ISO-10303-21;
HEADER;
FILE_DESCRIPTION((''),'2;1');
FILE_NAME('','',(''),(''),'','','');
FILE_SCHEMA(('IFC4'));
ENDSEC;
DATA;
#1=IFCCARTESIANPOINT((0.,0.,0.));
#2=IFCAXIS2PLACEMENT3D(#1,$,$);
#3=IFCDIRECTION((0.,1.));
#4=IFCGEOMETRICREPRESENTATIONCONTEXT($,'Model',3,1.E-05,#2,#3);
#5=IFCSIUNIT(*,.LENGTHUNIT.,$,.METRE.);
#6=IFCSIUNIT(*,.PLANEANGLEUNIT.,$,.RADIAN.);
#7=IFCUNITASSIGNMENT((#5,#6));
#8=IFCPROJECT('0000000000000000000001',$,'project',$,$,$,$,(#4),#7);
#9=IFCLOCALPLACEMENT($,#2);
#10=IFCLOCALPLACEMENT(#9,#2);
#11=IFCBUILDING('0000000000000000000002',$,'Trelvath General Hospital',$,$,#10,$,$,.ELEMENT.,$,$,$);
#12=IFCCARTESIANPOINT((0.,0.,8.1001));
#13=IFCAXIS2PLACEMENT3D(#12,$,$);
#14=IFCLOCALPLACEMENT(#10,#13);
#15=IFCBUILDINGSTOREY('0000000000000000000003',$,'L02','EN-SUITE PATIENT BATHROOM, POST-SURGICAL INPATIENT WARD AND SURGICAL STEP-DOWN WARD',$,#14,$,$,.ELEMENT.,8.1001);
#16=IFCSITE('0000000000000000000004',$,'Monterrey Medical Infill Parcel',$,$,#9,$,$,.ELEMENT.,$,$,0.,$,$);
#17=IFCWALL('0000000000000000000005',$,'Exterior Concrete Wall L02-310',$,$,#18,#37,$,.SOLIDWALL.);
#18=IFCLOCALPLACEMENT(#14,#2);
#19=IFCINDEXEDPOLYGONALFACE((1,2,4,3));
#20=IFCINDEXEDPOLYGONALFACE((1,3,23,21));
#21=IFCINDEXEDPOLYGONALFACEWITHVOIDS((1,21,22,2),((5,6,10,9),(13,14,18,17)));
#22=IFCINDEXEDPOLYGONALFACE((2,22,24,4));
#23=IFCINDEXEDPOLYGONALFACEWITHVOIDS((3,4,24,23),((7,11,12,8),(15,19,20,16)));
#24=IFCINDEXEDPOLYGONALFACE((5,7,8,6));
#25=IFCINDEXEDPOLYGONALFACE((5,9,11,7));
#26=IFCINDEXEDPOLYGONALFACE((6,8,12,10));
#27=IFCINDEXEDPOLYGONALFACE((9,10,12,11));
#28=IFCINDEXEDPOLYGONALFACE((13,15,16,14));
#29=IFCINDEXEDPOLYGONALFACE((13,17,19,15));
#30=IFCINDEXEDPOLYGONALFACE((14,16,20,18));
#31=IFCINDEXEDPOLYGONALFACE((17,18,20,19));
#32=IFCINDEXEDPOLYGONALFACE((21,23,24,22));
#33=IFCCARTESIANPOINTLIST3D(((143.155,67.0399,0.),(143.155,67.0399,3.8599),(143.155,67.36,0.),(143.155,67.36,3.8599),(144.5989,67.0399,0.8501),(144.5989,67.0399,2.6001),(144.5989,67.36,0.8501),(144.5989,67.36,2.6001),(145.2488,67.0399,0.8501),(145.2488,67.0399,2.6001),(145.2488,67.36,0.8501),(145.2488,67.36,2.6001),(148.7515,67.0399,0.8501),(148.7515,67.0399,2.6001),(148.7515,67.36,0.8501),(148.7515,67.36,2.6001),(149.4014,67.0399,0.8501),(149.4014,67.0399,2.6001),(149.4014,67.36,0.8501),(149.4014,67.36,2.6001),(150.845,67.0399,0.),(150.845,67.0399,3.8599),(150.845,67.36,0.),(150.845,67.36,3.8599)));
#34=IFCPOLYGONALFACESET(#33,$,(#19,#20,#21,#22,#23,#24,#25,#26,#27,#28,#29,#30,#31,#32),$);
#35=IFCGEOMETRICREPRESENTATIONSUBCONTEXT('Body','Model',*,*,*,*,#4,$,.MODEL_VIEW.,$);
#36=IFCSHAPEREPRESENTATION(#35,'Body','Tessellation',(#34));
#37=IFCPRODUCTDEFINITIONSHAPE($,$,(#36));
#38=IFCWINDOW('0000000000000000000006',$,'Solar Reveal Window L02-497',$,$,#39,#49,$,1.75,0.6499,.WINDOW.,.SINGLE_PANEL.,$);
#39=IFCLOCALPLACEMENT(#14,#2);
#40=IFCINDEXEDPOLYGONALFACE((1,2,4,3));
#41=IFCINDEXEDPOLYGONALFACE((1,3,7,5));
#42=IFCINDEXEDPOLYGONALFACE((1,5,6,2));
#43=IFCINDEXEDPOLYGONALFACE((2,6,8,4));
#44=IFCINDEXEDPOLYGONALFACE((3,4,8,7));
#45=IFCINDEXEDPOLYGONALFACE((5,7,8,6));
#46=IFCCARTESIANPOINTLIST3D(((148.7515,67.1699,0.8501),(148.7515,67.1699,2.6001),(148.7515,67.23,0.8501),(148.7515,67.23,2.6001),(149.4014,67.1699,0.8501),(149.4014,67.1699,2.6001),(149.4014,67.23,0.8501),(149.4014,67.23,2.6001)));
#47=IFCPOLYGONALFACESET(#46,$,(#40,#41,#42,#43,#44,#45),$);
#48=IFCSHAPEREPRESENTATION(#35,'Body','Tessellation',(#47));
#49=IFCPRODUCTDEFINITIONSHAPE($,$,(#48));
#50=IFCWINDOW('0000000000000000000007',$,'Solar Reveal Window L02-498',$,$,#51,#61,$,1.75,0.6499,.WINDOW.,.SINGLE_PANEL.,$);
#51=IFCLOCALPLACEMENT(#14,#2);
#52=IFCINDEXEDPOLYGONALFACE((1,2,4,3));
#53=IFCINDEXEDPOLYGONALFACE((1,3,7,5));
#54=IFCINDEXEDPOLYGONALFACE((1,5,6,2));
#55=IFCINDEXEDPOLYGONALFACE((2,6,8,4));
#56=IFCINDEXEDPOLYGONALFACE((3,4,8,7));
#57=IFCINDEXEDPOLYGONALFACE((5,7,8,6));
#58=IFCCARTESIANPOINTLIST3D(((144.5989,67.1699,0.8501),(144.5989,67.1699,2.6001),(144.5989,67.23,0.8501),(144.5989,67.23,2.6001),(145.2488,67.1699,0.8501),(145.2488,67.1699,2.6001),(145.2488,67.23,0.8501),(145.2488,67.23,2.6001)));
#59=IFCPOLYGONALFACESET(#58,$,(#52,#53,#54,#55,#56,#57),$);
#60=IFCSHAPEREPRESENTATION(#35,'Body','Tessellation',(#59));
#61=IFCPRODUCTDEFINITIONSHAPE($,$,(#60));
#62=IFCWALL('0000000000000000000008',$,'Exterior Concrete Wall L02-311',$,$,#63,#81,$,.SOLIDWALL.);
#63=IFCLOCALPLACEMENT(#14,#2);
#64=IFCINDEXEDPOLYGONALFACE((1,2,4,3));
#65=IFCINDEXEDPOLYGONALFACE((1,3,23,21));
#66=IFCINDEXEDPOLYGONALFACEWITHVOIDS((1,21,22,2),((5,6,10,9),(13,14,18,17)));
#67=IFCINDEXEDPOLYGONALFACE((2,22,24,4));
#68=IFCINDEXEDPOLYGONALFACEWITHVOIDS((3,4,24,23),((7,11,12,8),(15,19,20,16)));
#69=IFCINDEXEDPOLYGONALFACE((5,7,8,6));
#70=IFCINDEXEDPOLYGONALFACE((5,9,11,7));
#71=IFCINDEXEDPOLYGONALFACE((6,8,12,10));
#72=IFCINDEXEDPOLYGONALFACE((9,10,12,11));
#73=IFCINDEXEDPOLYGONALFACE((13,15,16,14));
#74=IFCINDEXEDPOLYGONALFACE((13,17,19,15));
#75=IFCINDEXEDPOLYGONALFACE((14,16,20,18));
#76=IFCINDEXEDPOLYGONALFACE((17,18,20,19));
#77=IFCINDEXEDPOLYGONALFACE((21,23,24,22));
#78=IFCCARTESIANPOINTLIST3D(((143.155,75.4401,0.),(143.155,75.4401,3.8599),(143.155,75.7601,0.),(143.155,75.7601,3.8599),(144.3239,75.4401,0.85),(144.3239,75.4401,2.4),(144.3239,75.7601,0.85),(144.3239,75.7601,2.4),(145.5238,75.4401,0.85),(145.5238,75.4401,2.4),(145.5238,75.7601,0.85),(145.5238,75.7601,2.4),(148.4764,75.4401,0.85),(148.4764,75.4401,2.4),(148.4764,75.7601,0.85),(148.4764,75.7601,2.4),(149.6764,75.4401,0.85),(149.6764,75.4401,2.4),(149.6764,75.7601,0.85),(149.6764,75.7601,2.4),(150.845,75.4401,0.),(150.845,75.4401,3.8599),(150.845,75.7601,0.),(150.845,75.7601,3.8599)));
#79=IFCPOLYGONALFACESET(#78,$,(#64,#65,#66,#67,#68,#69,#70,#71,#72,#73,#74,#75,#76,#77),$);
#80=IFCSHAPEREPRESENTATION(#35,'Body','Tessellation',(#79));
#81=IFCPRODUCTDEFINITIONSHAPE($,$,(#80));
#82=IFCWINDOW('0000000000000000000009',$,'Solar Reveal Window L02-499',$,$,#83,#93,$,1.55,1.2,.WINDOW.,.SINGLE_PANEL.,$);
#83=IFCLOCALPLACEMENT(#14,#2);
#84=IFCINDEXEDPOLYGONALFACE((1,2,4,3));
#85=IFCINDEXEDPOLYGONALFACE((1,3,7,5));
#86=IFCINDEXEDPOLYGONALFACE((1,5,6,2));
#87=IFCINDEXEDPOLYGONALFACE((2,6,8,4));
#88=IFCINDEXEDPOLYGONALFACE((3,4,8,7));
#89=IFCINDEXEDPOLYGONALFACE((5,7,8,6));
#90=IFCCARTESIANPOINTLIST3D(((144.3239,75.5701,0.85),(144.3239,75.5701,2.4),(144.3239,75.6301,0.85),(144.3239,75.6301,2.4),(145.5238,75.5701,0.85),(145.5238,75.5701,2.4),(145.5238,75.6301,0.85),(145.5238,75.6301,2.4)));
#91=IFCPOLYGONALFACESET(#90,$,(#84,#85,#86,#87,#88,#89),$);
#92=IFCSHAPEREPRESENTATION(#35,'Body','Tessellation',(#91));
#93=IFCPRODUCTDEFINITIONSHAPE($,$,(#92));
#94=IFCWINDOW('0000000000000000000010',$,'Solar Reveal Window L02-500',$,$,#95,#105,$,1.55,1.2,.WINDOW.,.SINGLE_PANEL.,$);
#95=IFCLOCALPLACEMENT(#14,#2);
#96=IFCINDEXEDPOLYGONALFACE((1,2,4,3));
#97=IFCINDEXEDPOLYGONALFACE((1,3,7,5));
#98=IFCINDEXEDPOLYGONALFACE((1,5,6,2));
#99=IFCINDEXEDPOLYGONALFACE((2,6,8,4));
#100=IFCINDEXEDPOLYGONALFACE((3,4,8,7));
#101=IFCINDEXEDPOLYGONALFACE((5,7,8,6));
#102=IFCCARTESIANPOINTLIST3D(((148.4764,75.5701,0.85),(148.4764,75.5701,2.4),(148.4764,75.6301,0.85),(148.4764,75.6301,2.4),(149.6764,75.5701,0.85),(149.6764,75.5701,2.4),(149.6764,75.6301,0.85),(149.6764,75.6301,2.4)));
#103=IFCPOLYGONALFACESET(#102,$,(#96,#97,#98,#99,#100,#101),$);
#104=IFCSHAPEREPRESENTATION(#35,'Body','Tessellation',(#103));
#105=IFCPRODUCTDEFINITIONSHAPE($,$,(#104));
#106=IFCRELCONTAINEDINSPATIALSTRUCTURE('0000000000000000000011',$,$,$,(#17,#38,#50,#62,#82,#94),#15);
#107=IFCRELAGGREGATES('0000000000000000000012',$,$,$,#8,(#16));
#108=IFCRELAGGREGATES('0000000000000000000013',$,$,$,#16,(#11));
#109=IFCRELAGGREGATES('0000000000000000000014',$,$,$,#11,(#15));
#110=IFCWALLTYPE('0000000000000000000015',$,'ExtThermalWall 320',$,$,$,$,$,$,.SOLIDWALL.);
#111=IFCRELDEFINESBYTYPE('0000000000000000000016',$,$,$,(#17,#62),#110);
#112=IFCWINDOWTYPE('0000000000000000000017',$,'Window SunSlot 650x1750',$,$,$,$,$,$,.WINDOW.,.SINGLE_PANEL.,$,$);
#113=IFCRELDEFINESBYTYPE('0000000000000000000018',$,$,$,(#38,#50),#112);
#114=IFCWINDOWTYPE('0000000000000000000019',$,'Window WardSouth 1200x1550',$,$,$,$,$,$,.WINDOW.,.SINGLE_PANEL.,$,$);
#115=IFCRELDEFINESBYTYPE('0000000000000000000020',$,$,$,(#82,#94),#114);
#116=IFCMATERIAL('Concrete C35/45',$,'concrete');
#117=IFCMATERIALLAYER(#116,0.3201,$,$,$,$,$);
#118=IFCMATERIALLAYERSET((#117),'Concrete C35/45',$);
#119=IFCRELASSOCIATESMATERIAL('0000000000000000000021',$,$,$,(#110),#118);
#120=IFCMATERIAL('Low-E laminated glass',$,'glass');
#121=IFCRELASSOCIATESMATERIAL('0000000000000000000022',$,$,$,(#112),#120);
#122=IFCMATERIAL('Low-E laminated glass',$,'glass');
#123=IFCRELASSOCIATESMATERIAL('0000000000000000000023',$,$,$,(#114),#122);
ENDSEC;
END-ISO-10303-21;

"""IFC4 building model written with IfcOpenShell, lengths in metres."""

from ifc_helpers import new_model, si_unit, direction, frame, frame_2d, origin, place, context, subcontext, project, spatial, rectangle, extrude, material, layer, layer_set, type_object, element, fill, save


model = new_model("IFC4")

# Units and contexts
model_context = context("Model", 3, precision=1e-05, world=origin(), true_north=direction((0.0, 1.0)))
body_context = subcontext(model_context, "Body", "Model", "MODEL_VIEW")
ifc_project = project(units=[si_unit("LENGTHUNIT", "METRE"), si_unit("PLANEANGLEUNIT", "RADIAN")], contexts=[model_context])

# Site, building, storey
site_placement = place(None, origin())
site = spatial("IfcSite", under=ifc_project, at=site_placement, Name="Monterrey Medical Infill Parcel", CompositionType="ELEMENT", RefElevation=0.0)
building_placement = place(site_placement, origin())
building = spatial("IfcBuilding", under=site, at=building_placement, Name="Trelvath General Hospital", CompositionType="ELEMENT")
storey_placement = place(building_placement, frame((0.0, 0.0, 8.1001)))
storey = spatial("IfcBuildingStorey", under=building, at=storey_placement, Name="L02", Description="EN-SUITE PATIENT BATHROOM, POST-SURGICAL INPATIENT WARD AND SURGICAL STEP-DOWN WARD", CompositionType="ELEMENT", Elevation=8.1001)

# Walls, openings, windows
ifc_material_1 = material(Name="Concrete C35/45", Category="concrete")
ifc_layer_1 = layer(ifc_material_1, 0.3201)
ifc_layer_set_1 = layer_set([ifc_layer_1], Name="Concrete C35/45")
wall_type = type_object("IfcWallType", Name="ExtThermalWall 320", PredefinedType="SOLIDWALL", material=ifc_layer_set_1)
wall_1_placement = place(storey_placement, frame((150.845, 67.2, 0.0), z_axis=(0.0, 0.0, 1.0), x_axis=(-1.0, 0.0, 0.0)))
wall_1 = element("IfcWall", 1, at=wall_1_placement, inside=storey, type_object=wall_type, Name="Exterior Concrete Wall L02-310", PredefinedType="SOLIDWALL", context=body_context, shape_type="SweptSolid", body=[
    extrude(rectangle(XDim=7.6899, YDim=0.3201, at=frame_2d((3.845, 0.0))), origin(), (0.0, 0.0, 1.0), 3.8599),
])
opening_1_placement = place(wall_1_placement, frame((1.4436, 0.0, 0.8501)))
opening_1 = element("IfcOpeningElement", 2, at=opening_1_placement, cuts=wall_1, PredefinedType="OPENING", context=body_context, shape_type="SweptSolid", body=[
    extrude(rectangle(XDim=0.6499, YDim=1.75, at=frame_2d((0.325, 0.875))), frame((0.0, 0.1699, 0.0), z_axis=(0.0, -1.0, 0.0), x_axis=(1.0, 0.0, 0.0)), (0.0, 0.0, 1.0), 0.3401),
])
opening_2_placement = place(wall_1_placement, frame((5.5962, 0.0, 0.8501)))
opening_2 = element("IfcOpeningElement", 3, at=opening_2_placement, cuts=wall_1, PredefinedType="OPENING", context=body_context, shape_type="SweptSolid", body=[
    extrude(rectangle(XDim=0.6499, YDim=1.75, at=frame_2d((0.325, 0.875))), frame((0.0, 0.1699, 0.0), z_axis=(0.0, -1.0, 0.0), x_axis=(1.0, 0.0, 0.0)), (0.0, 0.0, 1.0), 0.3401),
])
ifc_material_2 = material(Name="Low-E laminated glass", Category="glass")
window_type_1 = type_object("IfcWindowType", Name="Window SunSlot 650x1750", PartitioningType="SINGLE_PANEL", PredefinedType="WINDOW", material=ifc_material_2)
window_1_placement = place(opening_1_placement, origin())
window_1 = element("IfcWindow", 4, at=window_1_placement, inside=storey, type_object=window_type_1, Name="Solar Reveal Window L02-497", OverallHeight=1.75, OverallWidth=0.6499, PartitioningType="SINGLE_PANEL", PredefinedType="WINDOW", context=body_context, shape_type="SweptSolid", body=[
    extrude(rectangle(XDim=0.6499, YDim=1.75, at=frame_2d((0.325, 0.875))), frame((0.0, 0.03, 0.0), z_axis=(0.0, -1.0, 0.0), x_axis=(1.0, 0.0, 0.0)), (0.0, 0.0, 1.0), 0.0601),
])
fill(opening_1, window_1)
window_2_placement = place(opening_2_placement, origin())
window_2 = element("IfcWindow", 5, at=window_2_placement, inside=storey, type_object=window_type_1, Name="Solar Reveal Window L02-498", OverallHeight=1.75, OverallWidth=0.6499, PartitioningType="SINGLE_PANEL", PredefinedType="WINDOW", context=body_context, shape_type="SweptSolid", body=[
    extrude(rectangle(XDim=0.6499, YDim=1.75, at=frame_2d((0.325, 0.875))), frame((0.0, 0.03, 0.0), z_axis=(0.0, -1.0, 0.0), x_axis=(1.0, 0.0, 0.0)), (0.0, 0.0, 1.0), 0.0601),
])
fill(opening_2, window_2)
wall_2_placement = place(storey_placement, frame((143.155, 75.6001, 0.0), z_axis=(0.0, 0.0, 1.0), x_axis=(1.0, 0.0, 0.0)))
wall_2 = element("IfcWall", 6, at=wall_2_placement, inside=storey, type_object=wall_type, Name="Exterior Concrete Wall L02-311", PredefinedType="SOLIDWALL", context=body_context, shape_type="SweptSolid", body=[
    extrude(rectangle(XDim=7.6899, YDim=0.3201, at=frame_2d((3.845, 0.0))), origin(), (0.0, 0.0, 1.0), 3.8599),
])
opening_3_placement = place(wall_2_placement, frame((1.1687, 0.0, 0.8501)))
opening_3 = element("IfcOpeningElement", 7, at=opening_3_placement, cuts=wall_2, PredefinedType="OPENING", context=body_context, shape_type="SweptSolid", body=[
    extrude(rectangle(XDim=1.2, YDim=1.55, at=frame_2d((0.6001, 0.7749))), frame((0.0, 0.1699, 0.0), z_axis=(0.0, -1.0, 0.0), x_axis=(1.0, 0.0, 0.0)), (0.0, 0.0, 1.0), 0.3401),
])
opening_4_placement = place(wall_2_placement, frame((5.3213, 0.0, 0.8501)))
opening_4 = element("IfcOpeningElement", 8, at=opening_4_placement, cuts=wall_2, PredefinedType="OPENING", context=body_context, shape_type="SweptSolid", body=[
    extrude(rectangle(XDim=1.2, YDim=1.55, at=frame_2d((0.6001, 0.7749))), frame((0.0, 0.1699, 0.0), z_axis=(0.0, -1.0, 0.0), x_axis=(1.0, 0.0, 0.0)), (0.0, 0.0, 1.0), 0.3401),
])
ifc_material_3 = material(Name="Low-E laminated glass", Category="glass")
window_type_2 = type_object("IfcWindowType", Name="Window WardSouth 1200x1550", PartitioningType="SINGLE_PANEL", PredefinedType="WINDOW", material=ifc_material_3)
window_3_placement = place(opening_3_placement, origin())
window_3 = element("IfcWindow", 9, at=window_3_placement, inside=storey, type_object=window_type_2, Name="Solar Reveal Window L02-499", OverallHeight=1.55, OverallWidth=1.2, PartitioningType="SINGLE_PANEL", PredefinedType="WINDOW", context=body_context, shape_type="SweptSolid", body=[
    extrude(rectangle(XDim=1.2, YDim=1.55, at=frame_2d((0.6001, 0.7749))), frame((0.0, 0.03, 0.0), z_axis=(0.0, -1.0, 0.0), x_axis=(1.0, 0.0, 0.0)), (0.0, 0.0, 1.0), 0.0601),
])
fill(opening_3, window_3)
window_4_placement = place(opening_4_placement, origin())
window_4 = element("IfcWindow", 10, at=window_4_placement, inside=storey, type_object=window_type_2, Name="Solar Reveal Window L02-500", OverallHeight=1.55, OverallWidth=1.2, PartitioningType="SINGLE_PANEL", PredefinedType="WINDOW", context=body_context, shape_type="SweptSolid", body=[
    extrude(rectangle(XDim=1.2, YDim=1.55, at=frame_2d((0.6001, 0.7749))), frame((0.0, 0.03, 0.0), z_axis=(0.0, -1.0, 0.0), x_axis=(1.0, 0.0, 0.0)), (0.0, 0.0, 1.0), 0.0601),
])
fill(opening_4, window_4)

save(model, "model.ifc")
